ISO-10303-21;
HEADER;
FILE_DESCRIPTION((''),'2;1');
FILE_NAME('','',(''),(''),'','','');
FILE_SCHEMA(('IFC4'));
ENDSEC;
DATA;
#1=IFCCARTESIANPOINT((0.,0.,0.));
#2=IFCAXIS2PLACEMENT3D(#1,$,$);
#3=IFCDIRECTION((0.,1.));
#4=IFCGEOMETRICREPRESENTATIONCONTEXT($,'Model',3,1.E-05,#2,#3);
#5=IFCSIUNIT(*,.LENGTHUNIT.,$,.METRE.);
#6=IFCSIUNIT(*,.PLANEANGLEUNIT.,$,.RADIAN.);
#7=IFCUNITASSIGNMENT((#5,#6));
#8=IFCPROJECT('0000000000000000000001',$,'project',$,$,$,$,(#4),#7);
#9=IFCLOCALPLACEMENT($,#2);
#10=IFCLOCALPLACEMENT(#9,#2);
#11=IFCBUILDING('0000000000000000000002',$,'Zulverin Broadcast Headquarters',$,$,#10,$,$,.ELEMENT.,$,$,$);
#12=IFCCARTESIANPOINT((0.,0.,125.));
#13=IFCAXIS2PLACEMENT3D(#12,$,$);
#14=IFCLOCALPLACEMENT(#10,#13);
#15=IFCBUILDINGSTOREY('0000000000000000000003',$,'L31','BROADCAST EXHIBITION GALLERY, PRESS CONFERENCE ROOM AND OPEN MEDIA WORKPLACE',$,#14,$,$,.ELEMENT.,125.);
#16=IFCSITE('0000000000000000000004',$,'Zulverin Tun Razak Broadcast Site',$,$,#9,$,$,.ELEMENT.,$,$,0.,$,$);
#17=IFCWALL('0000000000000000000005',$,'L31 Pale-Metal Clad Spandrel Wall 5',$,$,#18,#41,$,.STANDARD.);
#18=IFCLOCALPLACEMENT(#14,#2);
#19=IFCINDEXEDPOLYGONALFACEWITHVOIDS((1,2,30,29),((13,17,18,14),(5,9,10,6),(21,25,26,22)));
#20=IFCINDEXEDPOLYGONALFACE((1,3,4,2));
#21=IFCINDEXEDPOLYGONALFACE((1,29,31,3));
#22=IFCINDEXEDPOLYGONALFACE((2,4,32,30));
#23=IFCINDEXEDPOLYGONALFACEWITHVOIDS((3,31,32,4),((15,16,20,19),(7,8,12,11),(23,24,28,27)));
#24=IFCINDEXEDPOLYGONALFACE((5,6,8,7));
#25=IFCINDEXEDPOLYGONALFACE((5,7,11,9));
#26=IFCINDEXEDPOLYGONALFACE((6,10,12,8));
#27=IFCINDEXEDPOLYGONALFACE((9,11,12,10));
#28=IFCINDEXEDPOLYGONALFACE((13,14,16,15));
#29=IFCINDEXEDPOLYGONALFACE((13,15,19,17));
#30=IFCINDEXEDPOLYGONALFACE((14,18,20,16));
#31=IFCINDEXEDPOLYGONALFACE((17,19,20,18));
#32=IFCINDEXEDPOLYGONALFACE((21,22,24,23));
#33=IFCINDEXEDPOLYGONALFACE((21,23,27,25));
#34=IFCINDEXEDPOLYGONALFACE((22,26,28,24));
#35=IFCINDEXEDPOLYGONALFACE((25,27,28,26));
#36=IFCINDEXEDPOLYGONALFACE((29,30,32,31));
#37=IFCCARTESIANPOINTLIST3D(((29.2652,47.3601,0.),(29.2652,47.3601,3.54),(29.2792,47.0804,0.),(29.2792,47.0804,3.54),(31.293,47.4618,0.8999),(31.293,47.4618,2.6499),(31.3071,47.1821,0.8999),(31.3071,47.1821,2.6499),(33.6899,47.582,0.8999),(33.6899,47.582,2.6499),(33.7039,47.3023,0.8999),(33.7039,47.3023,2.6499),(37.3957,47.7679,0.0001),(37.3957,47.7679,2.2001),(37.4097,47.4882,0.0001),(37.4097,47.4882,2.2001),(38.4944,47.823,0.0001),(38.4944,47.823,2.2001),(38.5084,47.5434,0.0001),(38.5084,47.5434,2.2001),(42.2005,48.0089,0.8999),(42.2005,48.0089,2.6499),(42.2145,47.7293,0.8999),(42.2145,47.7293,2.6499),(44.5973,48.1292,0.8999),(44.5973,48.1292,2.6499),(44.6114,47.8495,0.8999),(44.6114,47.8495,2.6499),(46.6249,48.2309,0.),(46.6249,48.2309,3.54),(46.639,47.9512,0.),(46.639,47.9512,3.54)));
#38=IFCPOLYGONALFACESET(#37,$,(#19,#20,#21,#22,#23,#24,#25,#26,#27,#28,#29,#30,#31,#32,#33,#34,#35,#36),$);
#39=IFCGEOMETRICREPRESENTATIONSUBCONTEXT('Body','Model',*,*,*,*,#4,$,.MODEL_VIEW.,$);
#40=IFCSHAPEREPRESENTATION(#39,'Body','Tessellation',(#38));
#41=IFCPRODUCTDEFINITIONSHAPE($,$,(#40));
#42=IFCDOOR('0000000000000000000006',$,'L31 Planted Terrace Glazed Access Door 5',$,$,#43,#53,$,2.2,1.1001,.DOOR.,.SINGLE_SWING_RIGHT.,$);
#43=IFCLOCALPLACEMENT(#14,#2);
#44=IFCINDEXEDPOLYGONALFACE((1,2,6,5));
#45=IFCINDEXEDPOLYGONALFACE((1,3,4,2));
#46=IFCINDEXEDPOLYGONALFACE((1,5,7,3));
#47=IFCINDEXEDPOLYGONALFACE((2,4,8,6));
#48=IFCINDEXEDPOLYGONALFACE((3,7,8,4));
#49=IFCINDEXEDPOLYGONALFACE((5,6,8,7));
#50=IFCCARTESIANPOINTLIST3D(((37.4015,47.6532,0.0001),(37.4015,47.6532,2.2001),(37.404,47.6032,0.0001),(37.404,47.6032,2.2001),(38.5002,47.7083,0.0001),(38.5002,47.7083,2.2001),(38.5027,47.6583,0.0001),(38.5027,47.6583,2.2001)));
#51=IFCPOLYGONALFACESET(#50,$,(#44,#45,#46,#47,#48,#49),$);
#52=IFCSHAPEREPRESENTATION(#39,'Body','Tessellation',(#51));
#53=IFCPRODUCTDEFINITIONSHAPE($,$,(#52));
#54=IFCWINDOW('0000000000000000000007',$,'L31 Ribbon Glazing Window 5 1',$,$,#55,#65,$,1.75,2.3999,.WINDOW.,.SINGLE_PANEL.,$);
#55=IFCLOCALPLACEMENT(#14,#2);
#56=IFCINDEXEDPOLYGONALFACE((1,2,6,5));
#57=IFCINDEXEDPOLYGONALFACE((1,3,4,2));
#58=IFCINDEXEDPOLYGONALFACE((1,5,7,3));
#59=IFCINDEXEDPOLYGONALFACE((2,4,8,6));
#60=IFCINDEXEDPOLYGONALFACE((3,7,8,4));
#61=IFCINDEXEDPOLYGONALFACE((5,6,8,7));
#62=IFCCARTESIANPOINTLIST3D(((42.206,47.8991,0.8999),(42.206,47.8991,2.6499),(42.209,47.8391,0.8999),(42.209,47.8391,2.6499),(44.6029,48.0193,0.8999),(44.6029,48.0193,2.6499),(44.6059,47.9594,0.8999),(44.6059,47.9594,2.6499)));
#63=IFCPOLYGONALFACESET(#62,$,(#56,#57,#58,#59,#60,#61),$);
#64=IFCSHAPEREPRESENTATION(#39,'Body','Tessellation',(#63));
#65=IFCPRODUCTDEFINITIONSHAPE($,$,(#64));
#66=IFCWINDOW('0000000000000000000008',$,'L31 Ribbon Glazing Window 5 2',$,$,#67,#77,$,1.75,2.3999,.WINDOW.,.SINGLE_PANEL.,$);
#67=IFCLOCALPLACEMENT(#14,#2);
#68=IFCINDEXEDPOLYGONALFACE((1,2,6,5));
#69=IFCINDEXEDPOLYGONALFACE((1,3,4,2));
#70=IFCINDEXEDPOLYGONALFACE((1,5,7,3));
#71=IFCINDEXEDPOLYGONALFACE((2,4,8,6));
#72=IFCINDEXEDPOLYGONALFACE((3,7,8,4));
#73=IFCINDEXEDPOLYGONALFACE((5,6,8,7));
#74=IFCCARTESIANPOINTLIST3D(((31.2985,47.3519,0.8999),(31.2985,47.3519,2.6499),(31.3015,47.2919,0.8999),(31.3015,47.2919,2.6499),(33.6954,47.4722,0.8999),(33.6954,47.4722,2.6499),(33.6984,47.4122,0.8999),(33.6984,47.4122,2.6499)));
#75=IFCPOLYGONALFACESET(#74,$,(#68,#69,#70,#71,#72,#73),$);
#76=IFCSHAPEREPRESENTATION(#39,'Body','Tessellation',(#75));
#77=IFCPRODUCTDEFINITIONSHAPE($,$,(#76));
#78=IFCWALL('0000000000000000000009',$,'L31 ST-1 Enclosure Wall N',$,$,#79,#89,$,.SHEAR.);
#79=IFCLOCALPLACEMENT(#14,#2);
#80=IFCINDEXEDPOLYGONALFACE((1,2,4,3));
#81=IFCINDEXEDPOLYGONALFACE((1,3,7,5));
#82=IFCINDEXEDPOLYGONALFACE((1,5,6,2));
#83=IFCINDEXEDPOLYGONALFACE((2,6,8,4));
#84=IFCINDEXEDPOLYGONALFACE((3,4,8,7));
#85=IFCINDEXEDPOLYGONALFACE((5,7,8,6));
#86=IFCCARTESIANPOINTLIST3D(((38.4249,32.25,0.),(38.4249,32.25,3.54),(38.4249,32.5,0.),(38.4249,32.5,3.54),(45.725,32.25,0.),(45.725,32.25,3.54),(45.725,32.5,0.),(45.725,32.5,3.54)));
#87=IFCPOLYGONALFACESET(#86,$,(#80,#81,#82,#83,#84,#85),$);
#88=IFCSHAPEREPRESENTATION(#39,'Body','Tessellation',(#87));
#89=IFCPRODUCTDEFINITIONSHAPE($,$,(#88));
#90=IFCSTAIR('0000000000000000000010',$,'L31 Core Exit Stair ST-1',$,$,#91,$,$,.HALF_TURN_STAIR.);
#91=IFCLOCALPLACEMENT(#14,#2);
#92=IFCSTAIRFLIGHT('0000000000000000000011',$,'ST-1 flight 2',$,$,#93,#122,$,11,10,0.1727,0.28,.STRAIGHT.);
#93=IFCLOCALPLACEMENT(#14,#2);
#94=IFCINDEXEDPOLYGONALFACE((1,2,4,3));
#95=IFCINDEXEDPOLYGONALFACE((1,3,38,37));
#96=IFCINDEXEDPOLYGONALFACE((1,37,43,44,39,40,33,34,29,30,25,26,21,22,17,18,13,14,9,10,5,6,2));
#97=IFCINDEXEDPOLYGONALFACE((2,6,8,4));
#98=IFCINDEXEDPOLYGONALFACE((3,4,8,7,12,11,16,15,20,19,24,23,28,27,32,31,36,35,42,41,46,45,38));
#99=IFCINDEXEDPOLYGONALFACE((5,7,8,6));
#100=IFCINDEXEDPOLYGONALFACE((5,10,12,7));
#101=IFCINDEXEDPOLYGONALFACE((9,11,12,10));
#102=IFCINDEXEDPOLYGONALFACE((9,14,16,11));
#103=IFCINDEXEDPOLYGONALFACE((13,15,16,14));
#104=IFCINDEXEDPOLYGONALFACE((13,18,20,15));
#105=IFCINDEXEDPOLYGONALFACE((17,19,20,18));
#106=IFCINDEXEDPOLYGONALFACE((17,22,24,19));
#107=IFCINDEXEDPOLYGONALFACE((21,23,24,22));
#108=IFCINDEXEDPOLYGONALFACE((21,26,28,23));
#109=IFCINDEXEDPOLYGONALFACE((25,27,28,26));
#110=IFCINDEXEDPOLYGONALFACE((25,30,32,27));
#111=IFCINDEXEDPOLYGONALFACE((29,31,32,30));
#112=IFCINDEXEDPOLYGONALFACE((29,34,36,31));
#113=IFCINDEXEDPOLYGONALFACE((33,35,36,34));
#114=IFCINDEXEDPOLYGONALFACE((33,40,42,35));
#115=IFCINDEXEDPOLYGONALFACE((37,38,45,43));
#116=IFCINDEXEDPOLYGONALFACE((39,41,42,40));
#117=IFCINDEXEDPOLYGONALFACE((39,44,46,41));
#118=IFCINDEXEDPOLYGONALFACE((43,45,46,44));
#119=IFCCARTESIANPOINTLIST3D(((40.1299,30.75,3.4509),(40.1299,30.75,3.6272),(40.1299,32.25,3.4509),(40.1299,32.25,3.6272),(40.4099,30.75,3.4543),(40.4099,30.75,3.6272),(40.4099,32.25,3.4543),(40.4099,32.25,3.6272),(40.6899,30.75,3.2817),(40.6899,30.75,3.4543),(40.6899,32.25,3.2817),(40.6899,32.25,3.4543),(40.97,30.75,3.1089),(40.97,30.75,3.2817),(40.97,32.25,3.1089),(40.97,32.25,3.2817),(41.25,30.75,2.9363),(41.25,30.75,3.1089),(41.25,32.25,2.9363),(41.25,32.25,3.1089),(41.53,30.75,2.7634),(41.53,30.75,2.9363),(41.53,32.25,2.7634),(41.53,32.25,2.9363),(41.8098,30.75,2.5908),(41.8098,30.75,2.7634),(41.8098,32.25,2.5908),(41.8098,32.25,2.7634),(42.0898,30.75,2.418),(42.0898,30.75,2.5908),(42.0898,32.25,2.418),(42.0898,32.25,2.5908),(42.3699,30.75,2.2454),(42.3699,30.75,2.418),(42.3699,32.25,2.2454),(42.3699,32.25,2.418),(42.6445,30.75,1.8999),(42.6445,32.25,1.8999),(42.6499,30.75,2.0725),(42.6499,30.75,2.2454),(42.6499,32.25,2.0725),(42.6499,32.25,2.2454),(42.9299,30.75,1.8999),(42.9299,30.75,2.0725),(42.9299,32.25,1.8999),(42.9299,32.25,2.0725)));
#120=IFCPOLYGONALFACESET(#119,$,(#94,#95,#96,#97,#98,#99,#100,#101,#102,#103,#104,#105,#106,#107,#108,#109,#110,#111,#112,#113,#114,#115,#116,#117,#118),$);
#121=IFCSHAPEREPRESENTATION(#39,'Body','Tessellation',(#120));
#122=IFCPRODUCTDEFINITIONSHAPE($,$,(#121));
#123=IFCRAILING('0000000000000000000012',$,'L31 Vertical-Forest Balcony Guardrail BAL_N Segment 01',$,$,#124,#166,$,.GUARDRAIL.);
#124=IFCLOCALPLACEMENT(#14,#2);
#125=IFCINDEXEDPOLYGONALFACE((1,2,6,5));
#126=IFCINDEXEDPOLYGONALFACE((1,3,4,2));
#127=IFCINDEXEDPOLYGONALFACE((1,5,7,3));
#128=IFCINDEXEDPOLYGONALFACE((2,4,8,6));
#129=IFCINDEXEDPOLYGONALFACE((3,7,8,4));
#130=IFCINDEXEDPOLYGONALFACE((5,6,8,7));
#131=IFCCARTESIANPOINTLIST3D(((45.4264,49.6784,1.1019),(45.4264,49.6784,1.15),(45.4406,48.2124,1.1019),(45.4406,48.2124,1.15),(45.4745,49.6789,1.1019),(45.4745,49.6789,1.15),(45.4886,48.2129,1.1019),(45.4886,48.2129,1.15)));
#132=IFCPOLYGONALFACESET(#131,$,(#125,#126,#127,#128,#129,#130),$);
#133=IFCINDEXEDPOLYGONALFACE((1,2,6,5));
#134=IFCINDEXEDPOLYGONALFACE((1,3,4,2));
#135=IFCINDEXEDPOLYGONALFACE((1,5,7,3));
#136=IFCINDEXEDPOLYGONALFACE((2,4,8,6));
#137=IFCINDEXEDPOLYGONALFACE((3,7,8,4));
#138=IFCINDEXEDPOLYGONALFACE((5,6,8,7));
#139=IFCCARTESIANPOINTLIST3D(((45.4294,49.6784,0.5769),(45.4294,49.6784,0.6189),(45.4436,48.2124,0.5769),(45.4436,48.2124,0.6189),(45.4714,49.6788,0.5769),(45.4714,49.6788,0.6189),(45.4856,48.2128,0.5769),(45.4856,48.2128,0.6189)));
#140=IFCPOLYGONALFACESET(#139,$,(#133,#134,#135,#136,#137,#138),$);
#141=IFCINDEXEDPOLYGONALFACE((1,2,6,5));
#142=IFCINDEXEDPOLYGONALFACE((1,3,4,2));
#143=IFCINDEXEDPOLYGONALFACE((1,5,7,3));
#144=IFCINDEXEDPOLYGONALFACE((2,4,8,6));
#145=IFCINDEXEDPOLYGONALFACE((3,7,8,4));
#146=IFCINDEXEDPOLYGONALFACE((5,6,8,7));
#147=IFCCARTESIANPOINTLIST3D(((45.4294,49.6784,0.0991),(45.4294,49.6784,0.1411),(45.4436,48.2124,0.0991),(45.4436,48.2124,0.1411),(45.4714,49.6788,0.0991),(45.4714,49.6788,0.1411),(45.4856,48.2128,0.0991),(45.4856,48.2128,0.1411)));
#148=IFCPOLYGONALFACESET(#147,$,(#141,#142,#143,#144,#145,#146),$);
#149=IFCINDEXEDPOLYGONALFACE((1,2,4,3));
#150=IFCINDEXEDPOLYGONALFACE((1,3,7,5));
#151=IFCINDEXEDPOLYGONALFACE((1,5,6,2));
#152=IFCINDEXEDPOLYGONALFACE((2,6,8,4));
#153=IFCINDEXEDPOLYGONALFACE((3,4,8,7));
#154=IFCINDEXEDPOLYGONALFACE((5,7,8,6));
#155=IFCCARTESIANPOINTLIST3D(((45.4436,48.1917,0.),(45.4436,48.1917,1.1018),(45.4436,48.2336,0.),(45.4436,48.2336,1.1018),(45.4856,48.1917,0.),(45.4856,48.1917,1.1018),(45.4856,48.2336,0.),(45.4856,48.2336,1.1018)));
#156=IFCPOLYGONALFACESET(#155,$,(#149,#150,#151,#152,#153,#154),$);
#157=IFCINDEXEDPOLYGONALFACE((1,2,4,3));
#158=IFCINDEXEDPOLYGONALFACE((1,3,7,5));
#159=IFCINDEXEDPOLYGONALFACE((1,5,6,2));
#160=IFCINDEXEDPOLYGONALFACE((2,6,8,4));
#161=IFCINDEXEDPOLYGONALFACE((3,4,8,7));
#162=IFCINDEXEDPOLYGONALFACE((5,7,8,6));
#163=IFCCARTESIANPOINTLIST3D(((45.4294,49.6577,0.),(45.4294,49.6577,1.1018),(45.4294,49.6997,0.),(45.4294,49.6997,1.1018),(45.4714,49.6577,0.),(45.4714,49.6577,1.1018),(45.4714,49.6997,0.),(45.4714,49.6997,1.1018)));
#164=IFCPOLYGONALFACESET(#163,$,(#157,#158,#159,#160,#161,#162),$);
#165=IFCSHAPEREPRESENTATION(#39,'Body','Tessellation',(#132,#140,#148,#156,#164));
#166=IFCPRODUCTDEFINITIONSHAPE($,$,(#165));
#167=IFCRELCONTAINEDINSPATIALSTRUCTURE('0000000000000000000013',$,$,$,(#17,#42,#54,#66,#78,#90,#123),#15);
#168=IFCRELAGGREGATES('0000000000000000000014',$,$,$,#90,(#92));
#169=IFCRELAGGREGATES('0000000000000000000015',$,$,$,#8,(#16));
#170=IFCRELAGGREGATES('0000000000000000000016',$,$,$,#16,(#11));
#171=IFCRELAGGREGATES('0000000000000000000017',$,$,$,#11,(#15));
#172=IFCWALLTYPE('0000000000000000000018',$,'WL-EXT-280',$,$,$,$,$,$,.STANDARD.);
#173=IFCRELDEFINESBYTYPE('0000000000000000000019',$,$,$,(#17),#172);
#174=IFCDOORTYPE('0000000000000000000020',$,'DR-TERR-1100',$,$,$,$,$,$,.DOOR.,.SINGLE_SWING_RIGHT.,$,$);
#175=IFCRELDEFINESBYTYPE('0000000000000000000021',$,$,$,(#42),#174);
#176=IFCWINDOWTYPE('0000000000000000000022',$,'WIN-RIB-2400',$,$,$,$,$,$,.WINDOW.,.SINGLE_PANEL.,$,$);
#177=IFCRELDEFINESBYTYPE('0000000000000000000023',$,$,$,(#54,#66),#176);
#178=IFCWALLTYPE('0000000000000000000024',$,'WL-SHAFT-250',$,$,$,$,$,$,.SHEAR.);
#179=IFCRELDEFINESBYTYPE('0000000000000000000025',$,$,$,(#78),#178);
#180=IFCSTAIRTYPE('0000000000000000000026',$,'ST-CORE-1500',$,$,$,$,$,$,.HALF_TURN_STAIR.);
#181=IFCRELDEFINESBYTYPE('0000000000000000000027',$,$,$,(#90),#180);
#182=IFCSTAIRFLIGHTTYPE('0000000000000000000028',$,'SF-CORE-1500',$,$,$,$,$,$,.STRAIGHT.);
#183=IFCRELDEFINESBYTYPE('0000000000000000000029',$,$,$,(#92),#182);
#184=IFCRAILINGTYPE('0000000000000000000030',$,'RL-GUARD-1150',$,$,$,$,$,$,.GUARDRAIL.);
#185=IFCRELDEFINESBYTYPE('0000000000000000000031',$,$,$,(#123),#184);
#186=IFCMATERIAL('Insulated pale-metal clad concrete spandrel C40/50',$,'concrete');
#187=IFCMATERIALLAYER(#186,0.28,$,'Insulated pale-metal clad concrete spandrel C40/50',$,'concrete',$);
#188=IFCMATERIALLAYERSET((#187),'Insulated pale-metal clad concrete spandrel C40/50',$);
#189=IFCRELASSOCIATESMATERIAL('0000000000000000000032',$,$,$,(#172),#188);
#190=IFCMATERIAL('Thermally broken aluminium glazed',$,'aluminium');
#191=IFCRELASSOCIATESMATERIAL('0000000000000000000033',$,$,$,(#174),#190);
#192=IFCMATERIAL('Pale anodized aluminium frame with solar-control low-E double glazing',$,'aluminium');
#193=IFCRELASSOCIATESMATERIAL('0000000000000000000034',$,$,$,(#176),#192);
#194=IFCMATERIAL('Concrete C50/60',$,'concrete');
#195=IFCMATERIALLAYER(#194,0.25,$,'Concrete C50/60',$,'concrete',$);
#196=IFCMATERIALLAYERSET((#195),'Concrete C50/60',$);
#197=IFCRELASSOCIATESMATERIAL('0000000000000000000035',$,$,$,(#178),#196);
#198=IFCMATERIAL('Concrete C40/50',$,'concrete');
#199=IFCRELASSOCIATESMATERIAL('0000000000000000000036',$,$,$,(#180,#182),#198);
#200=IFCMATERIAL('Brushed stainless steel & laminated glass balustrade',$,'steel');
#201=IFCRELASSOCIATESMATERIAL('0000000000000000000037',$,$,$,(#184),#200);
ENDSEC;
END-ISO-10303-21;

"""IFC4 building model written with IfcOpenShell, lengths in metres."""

from ifc_helpers import new_model, si_unit, direction, frame, frame_2d, origin, origin_2d, place, context, subcontext, project, spatial, polyline, rectangle, outline, extrude, material, layer, layer_set, type_object, element, fill, aggregate, save


model = new_model("IFC4")

# Units and contexts
model_context = context("Model", 3, precision=1e-05, world=origin(), true_north=direction((0.0, 1.0)))
body_context = subcontext(model_context, "Body", "Model", "MODEL_VIEW")
ifc_project = project(units=[si_unit("LENGTHUNIT", "METRE"), si_unit("PLANEANGLEUNIT", "RADIAN")], contexts=[model_context])

# Site, building, storey
site_placement = place(None, origin())
site = spatial("IfcSite", under=ifc_project, at=site_placement, Name="Zulverin Tun Razak Broadcast Site", CompositionType="ELEMENT", RefElevation=0.0)
building_placement = place(site_placement, origin())
building = spatial("IfcBuilding", under=site, at=building_placement, Name="Zulverin Broadcast Headquarters", CompositionType="ELEMENT")
storey_placement = place(building_placement, frame((0.0, 0.0, 125.0)))
storey = spatial("IfcBuildingStorey", under=building, at=storey_placement, Name="L31", Description="BROADCAST EXHIBITION GALLERY, PRESS CONFERENCE ROOM AND OPEN MEDIA WORKPLACE", CompositionType="ELEMENT", Elevation=125.0)

# Shared definitions
ifc_material_1 = material(Name="Concrete C50/60", Category="concrete")

# Shared definitions
ifc_material_2 = material(Name="Concrete C40/50", Category="concrete")

# Wall, openings, door, windows
ifc_material_3 = material(Name="Insulated pale-metal clad concrete spandrel C40/50", Category="concrete")
ifc_layer_1 = layer(ifc_material_3, 0.28, Name="Insulated pale-metal clad concrete spandrel C40/50", Category="concrete")
ifc_layer_set_1 = layer_set([ifc_layer_1], Name="Insulated pale-metal clad concrete spandrel C40/50")
wall_type_1 = type_object("IfcWallType", Name="WL-EXT-280", PredefinedType="STANDARD", material=ifc_layer_set_1)
wall_1_placement = place(storey_placement, frame((46.6321, 48.0911, 0.0), z_axis=(0.0, 0.0, 1.0), x_axis=(-0.998744, -0.050102, 0.0)))
wall_1 = element("IfcWall", 1, at=wall_1_placement, inside=storey, type_object=wall_type_1, Name="L31 Pale-Metal Clad Spandrel Wall 5", PredefinedType="STANDARD", context=body_context, shape_type="SweptSolid", body=[
    extrude(rectangle(XDim=17.3816, YDim=0.28, at=frame_2d((8.6909, 0.0))), origin(), (0.0, 0.0, 1.0), 3.54),
])
opening_1_placement = place(wall_1_placement, frame((8.1409, 0.0, 0.0)))
opening_1 = element("IfcOpeningElement", 2, at=opening_1_placement, cuts=wall_1, PredefinedType="OPENING", context=body_context, shape_type="SweptSolid", body=[
    extrude(rectangle(XDim=1.1001, YDim=2.2, at=frame_2d((0.55, 1.1001))), frame((0.0, 0.1499, 0.0), z_axis=(0.0, -1.0, 0.0), x_axis=(1.0, 0.0, 0.0)), (0.0, 0.0, 1.0), 0.3),
])
opening_2_placement = place(wall_1_placement, frame((2.0303, 0.0, 0.8999)))
opening_2 = element("IfcOpeningElement", 3, at=opening_2_placement, cuts=wall_1, PredefinedType="OPENING", context=body_context, shape_type="SweptSolid", body=[
    extrude(rectangle(XDim=2.3999, YDim=1.75, at=frame_2d((1.2, 0.875))), frame((0.0, 0.1499, 0.0), z_axis=(0.0, -1.0, 0.0), x_axis=(1.0, 0.0, 0.0)), (0.0, 0.0, 1.0), 0.3),
])
opening_3_placement = place(wall_1_placement, frame((12.9514, 0.0, 0.8999)))
opening_3 = element("IfcOpeningElement", 4, at=opening_3_placement, cuts=wall_1, PredefinedType="OPENING", context=body_context, shape_type="SweptSolid", body=[
    extrude(rectangle(XDim=2.3999, YDim=1.75, at=frame_2d((1.2, 0.875))), frame((0.0, 0.1499, 0.0), z_axis=(0.0, -1.0, 0.0), x_axis=(1.0, 0.0, 0.0)), (0.0, 0.0, 1.0), 0.3),
])
ifc_material_4 = material(Name="Thermally broken aluminium glazed", Category="aluminium")
door_type = type_object("IfcDoorType", Name="DR-TERR-1100", OperationType="SINGLE_SWING_RIGHT", PredefinedType="DOOR", material=ifc_material_4)
door_placement = place(opening_1_placement, origin())
door = element("IfcDoor", 5, at=door_placement, inside=storey, type_object=door_type, Name="L31 Planted Terrace Glazed Access Door 5", OperationType="SINGLE_SWING_RIGHT", OverallHeight=2.2, OverallWidth=1.1001, PredefinedType="DOOR", context=body_context, shape_type="SweptSolid", body=[
    extrude(rectangle(XDim=1.1001, YDim=2.2, at=frame_2d((0.55, 1.1001))), frame((0.0, 0.0249, 0.0), z_axis=(0.0, -1.0, 0.0), x_axis=(1.0, 0.0, 0.0)), (0.0, 0.0, 1.0), 0.05),
])
fill(opening_1, door)
ifc_material_5 = material(Name="Pale anodized aluminium frame with solar-control low-E double glazing", Category="aluminium")
window_type = type_object("IfcWindowType", Name="WIN-RIB-2400", PartitioningType="SINGLE_PANEL", PredefinedType="WINDOW", material=ifc_material_5)
window_1_placement = place(opening_2_placement, origin())
window_1 = element("IfcWindow", 6, at=window_1_placement, inside=storey, type_object=window_type, Name="L31 Ribbon Glazing Window 5 1", OverallHeight=1.75, OverallWidth=2.3999, PartitioningType="SINGLE_PANEL", PredefinedType="WINDOW", context=body_context, shape_type="SweptSolid", body=[
    extrude(rectangle(XDim=2.3999, YDim=1.75, at=frame_2d((1.2, 0.875))), frame((0.0, 0.03, 0.0), z_axis=(0.0, -1.0, 0.0), x_axis=(1.0, 0.0, 0.0)), (0.0, 0.0, 1.0), 0.0601),
])
fill(opening_2, window_1)
window_2_placement = place(opening_3_placement, origin())
window_2 = element("IfcWindow", 7, at=window_2_placement, inside=storey, type_object=window_type, Name="L31 Ribbon Glazing Window 5 2", OverallHeight=1.75, OverallWidth=2.3999, PartitioningType="SINGLE_PANEL", PredefinedType="WINDOW", context=body_context, shape_type="SweptSolid", body=[
    extrude(rectangle(XDim=2.3999, YDim=1.75, at=frame_2d((1.2, 0.875))), frame((0.0, 0.03, 0.0), z_axis=(0.0, -1.0, 0.0), x_axis=(1.0, 0.0, 0.0)), (0.0, 0.0, 1.0), 0.0601),
])
fill(opening_3, window_2)

# Wall
ifc_layer_2 = layer(ifc_material_1, 0.25, Name="Concrete C50/60", Category="concrete")
ifc_layer_set_2 = layer_set([ifc_layer_2], Name="Concrete C50/60")
wall_type_2 = type_object("IfcWallType", Name="WL-SHAFT-250", PredefinedType="SHEAR", material=ifc_layer_set_2)
wall_2_placement = place(storey_placement, frame((38.425, 32.375, 0.0), z_axis=(0.0, 0.0, 1.0), x_axis=(1.0, 0.0, 0.0)))
element("IfcWall", 8, at=wall_2_placement, inside=storey, type_object=wall_type_2, Name="L31 ST-1 Enclosure Wall N", PredefinedType="SHEAR", context=body_context, shape_type="SweptSolid", body=[
    extrude(rectangle(XDim=7.3, YDim=0.25, at=frame_2d((3.6499, 0.0))), origin(), (0.0, 0.0, 1.0), 3.54),
])

# Stair, stair flight
stair_type = type_object("IfcStairType", Name="ST-CORE-1500", PredefinedType="HALF_TURN_STAIR", material=ifc_material_2)
stair_placement = place(storey_placement, origin())
stair = element("IfcStair", 9, at=stair_placement, inside=storey, type_object=stair_type, Name="L31 Core Exit Stair ST-1", PredefinedType="HALF_TURN_STAIR")
stair_flight_type = type_object("IfcStairFlightType", Name="SF-CORE-1500", PredefinedType="STRAIGHT", material=ifc_material_2)
stair_flight_placement = place(storey_placement, frame((42.9299, 31.5, 1.8999), z_axis=(0.0, 0.0, 1.0), x_axis=(-1.0, 0.0, 0.0)))
stair_flight = element("IfcStairFlight", 10, at=stair_flight_placement, type_object=stair_flight_type, Name="ST-1 flight 2", NumberOfRisers=11, NumberOfTreads=10, PredefinedType="STRAIGHT", RiserHeight=0.1727, TreadLength=0.28, context=body_context, shape_type="SweptSolid", body=[
    extrude(outline(polyline([(0.0, 0.0), (0.0, 0.1726), (0.28, 0.1726), (0.28, 0.3455), (0.5601, 0.3455), (0.5601, 0.5181), (0.8401, 0.5181), (0.8401, 0.6909), (1.1201, 0.6909), (1.1201, 0.8635), (1.3999, 0.8635), (1.3999, 1.0364), (1.6799, 1.0364), (1.6799, 1.209), (1.96, 1.209), (1.96, 1.3818), (2.24, 1.3818), (2.24, 1.5544), (2.52, 1.5544), (2.52, 1.7273), (2.8, 1.7273), (2.8, 1.8999), (2.8, 1.551), (0.2854, 0.0), (0.0, 0.0)])), frame((0.0, 0.75, 0.0), z_axis=(0.0, -1.0, 0.0), x_axis=(1.0, 0.0, 0.0)), (0.0, 0.0, 1.0), 1.5),
])
aggregate(stair, [stair_flight])

# Railing
ifc_material_6 = material(Name="Brushed stainless steel & laminated glass balustrade", Category="steel")
railing_type_1 = type_object("IfcRailingType", Name="RL-GUARD-1150", PredefinedType="GUARDRAIL", material=ifc_material_6)
railing_1_placement = place(storey_placement, frame((45.4646, 48.2126, 0.0)))
element("IfcRailing", 11, at=railing_1_placement, inside=storey, type_object=railing_type_1, Name="L31 Vertical-Forest Balcony Guardrail BAL_N Segment 01", PredefinedType="GUARDRAIL", context=body_context, shape_type="SweptSolid", body=[
    extrude(rectangle(XDim=0.0481, YDim=0.0481, at=origin_2d()), frame((0.0, 0.0, 1.126), z_axis=(-0.009658, 0.999953, 0.0), x_axis=(-0.999953, -0.009658, 0.0)), (0.0, 0.0, 1.0), 1.4661),
    extrude(rectangle(XDim=0.042, YDim=0.042, at=origin_2d()), frame((0.0, 0.0, 0.5979), z_axis=(-0.009658, 0.999953, 0.0), x_axis=(-0.999953, -0.009658, 0.0)), (0.0, 0.0, 1.0), 1.4661),
    extrude(rectangle(XDim=0.042, YDim=0.042, at=origin_2d()), frame((0.0, 0.0, 0.1201), z_axis=(-0.009658, 0.999953, 0.0), x_axis=(-0.999953, -0.009658, 0.0)), (0.0, 0.0, 1.0), 1.4661),
    extrude(rectangle(XDim=0.042, YDim=0.042, at=origin_2d()), origin(), (0.0, 0.0, 1.0), 1.1018),
    extrude(rectangle(XDim=0.042, YDim=0.042, at=origin_2d()), frame((-0.0142, 1.4661, 0.0)), (0.0, 0.0, 1.0), 1.1018),
])

save(model, "model.ifc")
